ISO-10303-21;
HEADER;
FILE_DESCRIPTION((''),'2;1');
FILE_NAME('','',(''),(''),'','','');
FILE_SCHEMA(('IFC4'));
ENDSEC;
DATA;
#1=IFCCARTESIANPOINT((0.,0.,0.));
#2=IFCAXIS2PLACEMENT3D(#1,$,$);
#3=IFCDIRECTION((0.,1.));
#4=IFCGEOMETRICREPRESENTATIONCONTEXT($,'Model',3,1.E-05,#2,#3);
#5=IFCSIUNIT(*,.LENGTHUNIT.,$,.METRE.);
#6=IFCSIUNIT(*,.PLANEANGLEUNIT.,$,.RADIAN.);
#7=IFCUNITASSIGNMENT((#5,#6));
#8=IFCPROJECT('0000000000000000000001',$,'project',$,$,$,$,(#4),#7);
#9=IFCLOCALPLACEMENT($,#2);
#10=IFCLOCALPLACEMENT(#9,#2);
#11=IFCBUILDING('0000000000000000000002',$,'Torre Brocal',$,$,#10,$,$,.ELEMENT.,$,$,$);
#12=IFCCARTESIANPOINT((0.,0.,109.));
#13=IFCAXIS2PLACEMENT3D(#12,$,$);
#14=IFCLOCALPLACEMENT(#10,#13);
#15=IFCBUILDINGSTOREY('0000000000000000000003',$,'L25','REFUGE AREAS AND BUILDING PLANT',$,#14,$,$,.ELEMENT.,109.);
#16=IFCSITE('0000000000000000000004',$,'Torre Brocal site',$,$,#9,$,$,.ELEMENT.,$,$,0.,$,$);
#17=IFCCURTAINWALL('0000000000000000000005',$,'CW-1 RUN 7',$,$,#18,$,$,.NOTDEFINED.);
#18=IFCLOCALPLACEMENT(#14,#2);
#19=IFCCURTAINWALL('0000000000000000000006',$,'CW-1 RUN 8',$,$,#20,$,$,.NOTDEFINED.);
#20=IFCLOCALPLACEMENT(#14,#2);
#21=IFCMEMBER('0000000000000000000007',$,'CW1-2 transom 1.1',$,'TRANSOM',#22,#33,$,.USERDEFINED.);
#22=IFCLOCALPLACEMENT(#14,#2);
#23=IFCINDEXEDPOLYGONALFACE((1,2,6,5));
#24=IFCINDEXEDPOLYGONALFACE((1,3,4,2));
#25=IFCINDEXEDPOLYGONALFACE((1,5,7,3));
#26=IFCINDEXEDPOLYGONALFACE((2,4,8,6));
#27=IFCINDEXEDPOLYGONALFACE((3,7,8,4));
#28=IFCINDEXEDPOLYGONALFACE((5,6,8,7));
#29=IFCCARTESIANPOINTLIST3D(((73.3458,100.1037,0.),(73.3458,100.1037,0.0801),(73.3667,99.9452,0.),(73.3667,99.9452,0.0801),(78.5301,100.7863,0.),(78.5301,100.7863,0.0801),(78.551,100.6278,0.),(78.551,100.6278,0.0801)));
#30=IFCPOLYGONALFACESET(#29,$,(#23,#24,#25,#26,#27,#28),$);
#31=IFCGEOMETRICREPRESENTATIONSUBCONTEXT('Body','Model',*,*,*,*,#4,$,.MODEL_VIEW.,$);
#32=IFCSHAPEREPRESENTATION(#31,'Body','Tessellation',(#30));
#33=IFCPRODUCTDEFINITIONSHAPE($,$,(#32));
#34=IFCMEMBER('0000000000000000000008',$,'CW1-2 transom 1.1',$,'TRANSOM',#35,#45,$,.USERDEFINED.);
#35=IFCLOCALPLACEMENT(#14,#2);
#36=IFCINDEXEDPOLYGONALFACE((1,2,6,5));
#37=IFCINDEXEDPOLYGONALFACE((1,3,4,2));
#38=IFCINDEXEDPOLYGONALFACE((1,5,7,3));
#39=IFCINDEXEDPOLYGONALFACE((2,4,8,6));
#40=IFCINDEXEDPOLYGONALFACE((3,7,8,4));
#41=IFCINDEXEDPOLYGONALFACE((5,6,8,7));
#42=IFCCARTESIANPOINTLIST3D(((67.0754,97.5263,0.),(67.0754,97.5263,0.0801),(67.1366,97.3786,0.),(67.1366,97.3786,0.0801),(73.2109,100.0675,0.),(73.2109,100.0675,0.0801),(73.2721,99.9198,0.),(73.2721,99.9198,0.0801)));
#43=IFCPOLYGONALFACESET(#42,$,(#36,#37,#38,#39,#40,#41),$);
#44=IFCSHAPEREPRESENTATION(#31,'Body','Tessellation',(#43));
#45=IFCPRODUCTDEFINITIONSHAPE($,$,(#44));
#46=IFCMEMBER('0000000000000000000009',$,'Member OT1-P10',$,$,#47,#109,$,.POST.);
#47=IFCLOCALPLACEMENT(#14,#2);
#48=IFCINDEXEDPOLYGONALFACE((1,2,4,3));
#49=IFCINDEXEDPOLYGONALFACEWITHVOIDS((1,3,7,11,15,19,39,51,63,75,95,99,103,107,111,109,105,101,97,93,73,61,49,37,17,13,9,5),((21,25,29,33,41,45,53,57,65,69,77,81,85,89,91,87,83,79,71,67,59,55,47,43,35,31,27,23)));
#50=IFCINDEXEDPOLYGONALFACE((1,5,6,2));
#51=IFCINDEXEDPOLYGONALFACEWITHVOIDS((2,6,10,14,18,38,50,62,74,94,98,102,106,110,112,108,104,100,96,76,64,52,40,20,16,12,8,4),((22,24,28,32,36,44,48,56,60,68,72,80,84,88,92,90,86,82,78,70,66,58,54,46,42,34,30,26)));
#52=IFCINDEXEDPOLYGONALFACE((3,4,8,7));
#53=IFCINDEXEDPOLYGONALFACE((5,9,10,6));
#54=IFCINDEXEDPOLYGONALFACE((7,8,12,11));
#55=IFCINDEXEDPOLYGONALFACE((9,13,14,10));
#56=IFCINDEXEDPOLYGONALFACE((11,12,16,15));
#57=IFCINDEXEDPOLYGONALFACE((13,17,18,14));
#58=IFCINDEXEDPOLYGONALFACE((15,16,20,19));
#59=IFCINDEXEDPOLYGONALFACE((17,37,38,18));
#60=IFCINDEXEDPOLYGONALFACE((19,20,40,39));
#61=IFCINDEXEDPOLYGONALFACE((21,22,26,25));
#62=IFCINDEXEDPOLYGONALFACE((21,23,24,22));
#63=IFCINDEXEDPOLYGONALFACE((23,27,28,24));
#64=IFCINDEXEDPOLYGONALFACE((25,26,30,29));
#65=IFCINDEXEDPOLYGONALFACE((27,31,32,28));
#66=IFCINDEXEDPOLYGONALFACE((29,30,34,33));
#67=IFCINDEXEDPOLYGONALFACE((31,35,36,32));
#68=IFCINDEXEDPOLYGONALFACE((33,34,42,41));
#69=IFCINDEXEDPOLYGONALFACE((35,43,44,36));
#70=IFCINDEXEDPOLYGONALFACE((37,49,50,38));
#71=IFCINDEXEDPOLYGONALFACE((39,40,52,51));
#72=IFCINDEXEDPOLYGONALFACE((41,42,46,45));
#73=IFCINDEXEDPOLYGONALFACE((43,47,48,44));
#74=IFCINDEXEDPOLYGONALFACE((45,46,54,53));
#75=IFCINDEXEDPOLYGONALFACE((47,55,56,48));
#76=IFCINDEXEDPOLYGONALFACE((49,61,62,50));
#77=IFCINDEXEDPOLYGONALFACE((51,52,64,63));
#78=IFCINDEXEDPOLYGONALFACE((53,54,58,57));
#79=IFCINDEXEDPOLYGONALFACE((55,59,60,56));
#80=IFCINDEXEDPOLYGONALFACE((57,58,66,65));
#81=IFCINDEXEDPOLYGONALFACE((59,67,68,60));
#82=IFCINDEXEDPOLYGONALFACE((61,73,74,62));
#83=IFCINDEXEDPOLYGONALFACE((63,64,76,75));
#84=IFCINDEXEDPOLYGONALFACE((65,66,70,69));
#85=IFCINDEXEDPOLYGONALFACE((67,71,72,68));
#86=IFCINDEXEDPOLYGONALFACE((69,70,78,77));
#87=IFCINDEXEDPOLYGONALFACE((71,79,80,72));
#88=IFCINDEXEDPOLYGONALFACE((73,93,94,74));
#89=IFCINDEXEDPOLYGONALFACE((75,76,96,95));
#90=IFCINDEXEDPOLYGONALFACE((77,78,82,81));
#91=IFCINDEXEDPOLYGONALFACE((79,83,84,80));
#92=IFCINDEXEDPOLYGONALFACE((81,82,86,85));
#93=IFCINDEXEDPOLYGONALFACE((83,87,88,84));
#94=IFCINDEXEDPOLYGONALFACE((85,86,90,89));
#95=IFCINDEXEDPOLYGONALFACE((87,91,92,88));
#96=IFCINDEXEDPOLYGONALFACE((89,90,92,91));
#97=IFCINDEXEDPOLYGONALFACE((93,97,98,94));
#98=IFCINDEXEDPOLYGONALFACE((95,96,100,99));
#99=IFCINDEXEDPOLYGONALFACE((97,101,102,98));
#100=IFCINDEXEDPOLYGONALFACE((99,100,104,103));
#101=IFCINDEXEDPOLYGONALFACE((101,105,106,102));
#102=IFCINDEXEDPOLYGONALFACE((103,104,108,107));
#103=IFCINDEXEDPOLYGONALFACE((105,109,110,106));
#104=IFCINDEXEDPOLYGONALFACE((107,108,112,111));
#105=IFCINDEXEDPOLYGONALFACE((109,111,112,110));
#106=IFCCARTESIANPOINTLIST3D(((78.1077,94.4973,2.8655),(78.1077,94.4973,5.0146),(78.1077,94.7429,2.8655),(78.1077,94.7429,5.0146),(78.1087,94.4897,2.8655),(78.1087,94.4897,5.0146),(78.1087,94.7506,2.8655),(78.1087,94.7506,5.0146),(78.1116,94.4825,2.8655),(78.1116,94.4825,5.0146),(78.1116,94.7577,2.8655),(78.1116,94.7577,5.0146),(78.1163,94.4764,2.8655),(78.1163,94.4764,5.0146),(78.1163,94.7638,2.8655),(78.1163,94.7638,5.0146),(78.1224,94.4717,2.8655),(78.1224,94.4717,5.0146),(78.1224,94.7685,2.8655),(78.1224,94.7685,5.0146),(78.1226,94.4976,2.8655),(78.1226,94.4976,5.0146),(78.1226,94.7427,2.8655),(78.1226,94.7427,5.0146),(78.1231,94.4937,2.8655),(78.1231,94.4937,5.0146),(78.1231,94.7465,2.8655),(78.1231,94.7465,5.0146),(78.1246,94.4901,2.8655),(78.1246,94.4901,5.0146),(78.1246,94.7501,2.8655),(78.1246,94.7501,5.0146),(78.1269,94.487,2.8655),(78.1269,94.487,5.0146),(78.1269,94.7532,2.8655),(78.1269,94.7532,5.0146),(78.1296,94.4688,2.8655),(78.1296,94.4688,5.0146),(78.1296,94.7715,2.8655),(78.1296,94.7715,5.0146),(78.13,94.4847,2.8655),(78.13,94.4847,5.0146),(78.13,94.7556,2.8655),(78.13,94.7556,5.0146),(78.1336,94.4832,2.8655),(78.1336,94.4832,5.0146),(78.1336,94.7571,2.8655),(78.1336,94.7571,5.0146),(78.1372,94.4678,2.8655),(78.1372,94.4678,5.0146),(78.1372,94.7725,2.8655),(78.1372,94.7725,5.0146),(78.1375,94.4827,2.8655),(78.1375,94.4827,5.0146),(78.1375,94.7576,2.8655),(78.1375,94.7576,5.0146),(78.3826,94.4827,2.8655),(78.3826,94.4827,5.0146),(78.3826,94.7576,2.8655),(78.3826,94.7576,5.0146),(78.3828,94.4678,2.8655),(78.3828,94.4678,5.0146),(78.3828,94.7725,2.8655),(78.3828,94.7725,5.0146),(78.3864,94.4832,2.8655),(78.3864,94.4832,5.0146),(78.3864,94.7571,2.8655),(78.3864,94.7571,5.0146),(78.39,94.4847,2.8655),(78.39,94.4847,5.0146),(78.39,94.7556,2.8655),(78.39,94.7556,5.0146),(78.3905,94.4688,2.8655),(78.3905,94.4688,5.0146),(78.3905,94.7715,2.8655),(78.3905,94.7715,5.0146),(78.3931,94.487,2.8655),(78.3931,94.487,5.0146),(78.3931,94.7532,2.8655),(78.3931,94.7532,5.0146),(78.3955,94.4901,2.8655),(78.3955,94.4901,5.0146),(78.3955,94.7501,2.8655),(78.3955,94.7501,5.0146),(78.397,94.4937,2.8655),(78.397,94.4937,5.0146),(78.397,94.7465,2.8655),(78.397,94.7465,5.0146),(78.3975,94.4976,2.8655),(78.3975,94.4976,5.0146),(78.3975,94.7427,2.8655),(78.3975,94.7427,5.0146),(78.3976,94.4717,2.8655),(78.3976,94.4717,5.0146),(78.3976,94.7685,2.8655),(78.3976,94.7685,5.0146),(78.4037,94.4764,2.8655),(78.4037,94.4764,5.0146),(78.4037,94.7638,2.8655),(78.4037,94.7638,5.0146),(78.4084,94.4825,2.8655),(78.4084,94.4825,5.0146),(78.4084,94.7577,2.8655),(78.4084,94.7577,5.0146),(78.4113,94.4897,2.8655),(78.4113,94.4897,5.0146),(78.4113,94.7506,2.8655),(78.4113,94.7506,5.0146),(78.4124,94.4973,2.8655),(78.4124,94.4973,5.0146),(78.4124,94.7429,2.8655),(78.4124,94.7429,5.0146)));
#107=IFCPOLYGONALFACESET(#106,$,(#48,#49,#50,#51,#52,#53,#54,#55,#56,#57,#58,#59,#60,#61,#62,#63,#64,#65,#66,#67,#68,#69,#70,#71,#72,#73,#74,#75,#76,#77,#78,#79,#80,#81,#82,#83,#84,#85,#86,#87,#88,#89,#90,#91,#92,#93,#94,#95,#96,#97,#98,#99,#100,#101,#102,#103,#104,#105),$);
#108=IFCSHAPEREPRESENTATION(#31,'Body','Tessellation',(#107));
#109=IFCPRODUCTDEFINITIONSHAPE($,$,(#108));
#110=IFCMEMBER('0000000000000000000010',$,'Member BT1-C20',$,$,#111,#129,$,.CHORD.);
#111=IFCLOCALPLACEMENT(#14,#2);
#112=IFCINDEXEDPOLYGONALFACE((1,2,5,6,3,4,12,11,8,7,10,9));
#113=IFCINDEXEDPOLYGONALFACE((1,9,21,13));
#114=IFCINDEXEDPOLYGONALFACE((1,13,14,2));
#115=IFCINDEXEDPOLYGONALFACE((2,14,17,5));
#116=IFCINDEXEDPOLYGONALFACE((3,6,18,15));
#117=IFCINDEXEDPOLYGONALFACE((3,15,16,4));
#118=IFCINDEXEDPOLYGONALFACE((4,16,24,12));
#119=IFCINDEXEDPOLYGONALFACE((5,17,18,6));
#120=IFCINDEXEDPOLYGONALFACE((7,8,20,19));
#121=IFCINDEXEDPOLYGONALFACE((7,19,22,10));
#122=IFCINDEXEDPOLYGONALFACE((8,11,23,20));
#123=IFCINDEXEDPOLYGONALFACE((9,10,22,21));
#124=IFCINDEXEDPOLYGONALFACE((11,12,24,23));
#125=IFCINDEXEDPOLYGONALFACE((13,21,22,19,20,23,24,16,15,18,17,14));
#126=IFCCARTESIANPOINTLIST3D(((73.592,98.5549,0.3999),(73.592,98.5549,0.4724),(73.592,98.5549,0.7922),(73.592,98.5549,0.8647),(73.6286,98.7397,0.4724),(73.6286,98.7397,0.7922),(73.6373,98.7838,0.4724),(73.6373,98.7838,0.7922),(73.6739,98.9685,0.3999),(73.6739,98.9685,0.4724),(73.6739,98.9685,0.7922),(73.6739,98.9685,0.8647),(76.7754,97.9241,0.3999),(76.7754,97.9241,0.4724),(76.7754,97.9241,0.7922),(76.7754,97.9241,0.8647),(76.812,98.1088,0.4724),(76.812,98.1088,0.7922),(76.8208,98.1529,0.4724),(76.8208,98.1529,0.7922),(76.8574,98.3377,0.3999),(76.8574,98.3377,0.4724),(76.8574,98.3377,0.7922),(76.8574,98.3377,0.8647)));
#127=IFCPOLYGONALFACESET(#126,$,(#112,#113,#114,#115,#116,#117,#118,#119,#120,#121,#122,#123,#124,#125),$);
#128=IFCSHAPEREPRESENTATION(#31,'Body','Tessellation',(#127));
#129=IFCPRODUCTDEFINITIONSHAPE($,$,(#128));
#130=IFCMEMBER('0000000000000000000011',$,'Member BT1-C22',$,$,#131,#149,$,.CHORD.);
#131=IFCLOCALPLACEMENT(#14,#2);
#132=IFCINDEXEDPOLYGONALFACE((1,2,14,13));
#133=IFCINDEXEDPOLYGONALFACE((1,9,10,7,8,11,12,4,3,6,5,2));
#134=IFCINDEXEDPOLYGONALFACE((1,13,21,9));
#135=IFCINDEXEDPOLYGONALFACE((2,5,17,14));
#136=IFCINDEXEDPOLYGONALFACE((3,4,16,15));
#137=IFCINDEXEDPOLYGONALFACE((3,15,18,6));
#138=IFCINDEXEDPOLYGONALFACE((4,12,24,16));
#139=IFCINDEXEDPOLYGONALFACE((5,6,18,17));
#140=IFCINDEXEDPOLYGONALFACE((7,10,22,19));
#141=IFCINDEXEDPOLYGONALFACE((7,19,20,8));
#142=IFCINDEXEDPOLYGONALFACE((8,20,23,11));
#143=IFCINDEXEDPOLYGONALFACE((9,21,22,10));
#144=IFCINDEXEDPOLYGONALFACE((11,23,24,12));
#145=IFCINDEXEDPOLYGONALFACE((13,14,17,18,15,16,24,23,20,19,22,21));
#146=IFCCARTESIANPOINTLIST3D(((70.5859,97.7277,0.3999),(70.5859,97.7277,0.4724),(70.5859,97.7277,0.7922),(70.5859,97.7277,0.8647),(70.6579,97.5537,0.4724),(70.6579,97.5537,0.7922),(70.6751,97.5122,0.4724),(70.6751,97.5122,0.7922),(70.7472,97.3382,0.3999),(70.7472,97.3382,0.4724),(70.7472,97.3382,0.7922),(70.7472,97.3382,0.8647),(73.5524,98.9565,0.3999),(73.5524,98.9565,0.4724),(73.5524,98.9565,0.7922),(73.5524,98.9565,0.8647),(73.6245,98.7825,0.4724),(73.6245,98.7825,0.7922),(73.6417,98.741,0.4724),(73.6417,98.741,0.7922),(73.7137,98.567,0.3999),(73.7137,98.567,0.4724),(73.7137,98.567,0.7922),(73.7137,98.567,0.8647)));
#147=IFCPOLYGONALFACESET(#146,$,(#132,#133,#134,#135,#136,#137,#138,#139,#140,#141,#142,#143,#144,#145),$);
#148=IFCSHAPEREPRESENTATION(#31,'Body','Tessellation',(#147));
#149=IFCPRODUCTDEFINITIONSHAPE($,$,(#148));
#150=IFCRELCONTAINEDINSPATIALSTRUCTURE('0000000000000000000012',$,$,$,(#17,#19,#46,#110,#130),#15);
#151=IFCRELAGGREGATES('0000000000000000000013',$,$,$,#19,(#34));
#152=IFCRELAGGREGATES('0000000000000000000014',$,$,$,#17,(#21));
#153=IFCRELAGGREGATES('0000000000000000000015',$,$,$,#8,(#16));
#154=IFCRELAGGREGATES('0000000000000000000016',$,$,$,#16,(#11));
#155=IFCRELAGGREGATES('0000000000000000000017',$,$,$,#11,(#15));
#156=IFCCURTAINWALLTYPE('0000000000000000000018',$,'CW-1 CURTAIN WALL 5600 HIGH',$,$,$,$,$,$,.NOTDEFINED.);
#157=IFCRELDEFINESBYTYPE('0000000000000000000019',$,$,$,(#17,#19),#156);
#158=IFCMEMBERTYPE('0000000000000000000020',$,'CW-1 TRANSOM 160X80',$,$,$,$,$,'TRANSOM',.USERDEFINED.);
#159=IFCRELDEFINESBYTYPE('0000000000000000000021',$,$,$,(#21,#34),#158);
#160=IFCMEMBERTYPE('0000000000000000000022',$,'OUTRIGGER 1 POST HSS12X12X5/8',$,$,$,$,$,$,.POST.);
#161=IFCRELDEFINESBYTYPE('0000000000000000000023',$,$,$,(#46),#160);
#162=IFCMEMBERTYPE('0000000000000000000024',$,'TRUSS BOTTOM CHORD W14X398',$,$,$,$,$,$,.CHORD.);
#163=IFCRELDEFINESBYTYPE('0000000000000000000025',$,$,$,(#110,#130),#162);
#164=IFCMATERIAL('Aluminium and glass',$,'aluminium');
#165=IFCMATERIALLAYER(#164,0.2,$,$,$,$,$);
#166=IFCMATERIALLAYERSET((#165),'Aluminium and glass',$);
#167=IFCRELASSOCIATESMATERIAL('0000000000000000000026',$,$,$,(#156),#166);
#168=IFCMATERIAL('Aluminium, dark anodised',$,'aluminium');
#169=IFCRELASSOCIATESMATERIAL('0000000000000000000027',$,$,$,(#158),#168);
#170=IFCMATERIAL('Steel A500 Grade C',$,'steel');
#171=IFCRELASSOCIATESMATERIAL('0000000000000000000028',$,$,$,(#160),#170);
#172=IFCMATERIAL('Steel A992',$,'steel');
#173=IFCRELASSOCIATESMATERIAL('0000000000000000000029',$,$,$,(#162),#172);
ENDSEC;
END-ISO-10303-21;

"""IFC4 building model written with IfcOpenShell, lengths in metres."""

from ifc_helpers import new_model, si_unit, direction, frame, origin, origin_2d, place, context, subcontext, project, spatial, rectangle, hollow_rectangle, i_section, extrude, material, layer, layer_set, material_profile, profile_set, type_object, element, aggregate, save


model = new_model("IFC4")

# Units and contexts
model_context = context("Model", 3, precision=1e-05, world=origin(), true_north=direction((0.0, 1.0)))
body_context = subcontext(model_context, "Body", "Model", "MODEL_VIEW")
ifc_project = project(units=[si_unit("LENGTHUNIT", "METRE"), si_unit("PLANEANGLEUNIT", "RADIAN")], contexts=[model_context])

# Site, building, storey
site_placement = place(None, origin())
site = spatial("IfcSite", under=ifc_project, at=site_placement, Name="Torre Brocal site", CompositionType="ELEMENT", RefElevation=0.0)
building_placement = place(site_placement, origin())
building = spatial("IfcBuilding", under=site, at=building_placement, Name="Torre Brocal", CompositionType="ELEMENT")
storey_placement = place(building_placement, frame((0.0, 0.0, 109.0)))
storey = spatial("IfcBuildingStorey", under=building, at=storey_placement, Name="L25", Description="REFUGE AREAS AND BUILDING PLANT", CompositionType="ELEMENT", Elevation=109.0)

# Curtain wall
ifc_material_1 = material(Name="Aluminium and glass", Category="aluminium")
ifc_layer_1 = layer(ifc_material_1, 0.2)
ifc_layer_set_1 = layer_set([ifc_layer_1], Name="Aluminium and glass")
curtain_wall_type = type_object("IfcCurtainWallType", Name="CW-1 CURTAIN WALL 5600 HIGH", PredefinedType="NOTDEFINED", material=ifc_layer_set_1)
curtain_wall_1_placement = place(storey_placement, origin())
curtain_wall_1 = element("IfcCurtainWall", 1, at=curtain_wall_1_placement, inside=storey, type_object=curtain_wall_type, Name="CW-1 RUN 7", PredefinedType="NOTDEFINED")

# Curtain wall
curtain_wall_2_placement = place(storey_placement, origin())
curtain_wall_2 = element("IfcCurtainWall", 2, at=curtain_wall_2_placement, inside=storey, type_object=curtain_wall_type, Name="CW-1 RUN 8", PredefinedType="NOTDEFINED")

# Members
ifc_material_2 = material(Name="Aluminium, dark anodised", Category="aluminium")
ifc_material_profile_1 = material_profile(ifc_material_2, rectangle(XDim=0.1599, YDim=0.0801, at=origin_2d()), Name="CW-1 TRANSOM 160X80")
ifc_profile_set_1 = profile_set([ifc_material_profile_1], Name="Aluminium, dark anodised")
member_type_1 = type_object("IfcMemberType", Name="CW-1 TRANSOM 160X80", ElementType="TRANSOM", PredefinedType="USERDEFINED", material=ifc_profile_set_1)
member_1_placement = place(storey_placement, frame((78.5405, 100.707, 0.04), z_axis=(-0.991443, -0.130543, 0.0), x_axis=(0.130543, -0.991443, 0.0)))
member_1 = element("IfcMember", 3, at=member_1_placement, type_object=member_type_1, Name="CW1-2 transom 1.1", ObjectType="TRANSOM", PredefinedType="USERDEFINED", context=body_context, shape_type="SweptSolid", body=[
    extrude(rectangle(XDim=0.1599, YDim=0.0801, at=origin_2d()), origin(), (0.0, 0.0, 1.0), 5.229),
])
member_2_placement = place(storey_placement, frame((73.2415, 99.9937, 0.04), z_axis=(-0.923887, -0.382665, 0.0), x_axis=(0.382665, -0.923887, 0.0)))
member_2 = element("IfcMember", 4, at=member_2_placement, type_object=member_type_1, Name="CW1-2 transom 1.1", ObjectType="TRANSOM", PredefinedType="USERDEFINED", context=body_context, shape_type="SweptSolid", body=[
    extrude(rectangle(XDim=0.1599, YDim=0.0801, at=origin_2d()), origin(), (0.0, 0.0, 1.0), 6.6409),
])
aggregate(curtain_wall_2, [member_2])

# Members
ifc_material_3 = material(Name="Steel A500 Grade C", Category="steel")
ifc_material_profile_2 = material_profile(ifc_material_3, hollow_rectangle(XDim=0.3047, YDim=0.3047, WallThickness=0.0149, InnerFilletRadius=0.0149, OuterFilletRadius=0.0295, at=origin_2d()), Name="HSS12X12X5/8")
ifc_profile_set_2 = profile_set([ifc_material_profile_2], Name="Steel A500 Grade C")
member_type_2 = type_object("IfcMemberType", Name="OUTRIGGER 1 POST HSS12X12X5/8", PredefinedType="POST", material=ifc_profile_set_2)
member_3_placement = place(storey_placement, frame((78.26, 94.6201, 2.8655), z_axis=(0.0, 0.0, 1.0), x_axis=(1.0, 0.0, 0.0)))
element("IfcMember", 5, at=member_3_placement, inside=storey, type_object=member_type_2, Name="Member OT1-P10", PredefinedType="POST", context=body_context, shape_type="SweptSolid", body=[
    extrude(hollow_rectangle(XDim=0.3047, YDim=0.3047, WallThickness=0.0149, InnerFilletRadius=0.0149, OuterFilletRadius=0.0295, at=origin_2d()), origin(), (0.0, 0.0, 1.0), 2.1492),
])
ifc_material_4 = material(Name="Steel A992", Category="steel")
ifc_material_profile_3 = material_profile(ifc_material_4, i_section(OverallWidth=0.4216, OverallDepth=0.4648, WebThickness=0.0449, FlangeThickness=0.0725, at=origin_2d()), Name="W14X398")
ifc_profile_set_3 = profile_set([ifc_material_profile_3], Name="Steel A992")
member_type_3 = type_object("IfcMemberType", Name="TRUSS BOTTOM CHORD W14X398", PredefinedType="CHORD", material=ifc_profile_set_3)
member_4_placement = place(storey_placement, frame((76.8164, 98.1309, 0.6323), z_axis=(-0.980923, 0.194394, 0.0), x_axis=(-0.194394, -0.980923, 0.0)))
element("IfcMember", 6, at=member_4_placement, inside=storey, type_object=member_type_3, Name="Member BT1-C20", PredefinedType="CHORD", context=body_context, shape_type="SweptSolid", body=[
    extrude(i_section(OverallWidth=0.4216, OverallDepth=0.4648, WebThickness=0.0449, FlangeThickness=0.0725, at=origin_2d()), origin(), (0.0, 0.0, 1.0), 3.2454),
])
member_5_placement = place(storey_placement, frame((73.6331, 98.7617, 0.6323), z_axis=(-0.923882, -0.382676, 0.0), x_axis=(0.382676, -0.923882, 0.0)))
element("IfcMember", 7, at=member_5_placement, inside=storey, type_object=member_type_3, Name="Member BT1-C22", PredefinedType="CHORD", context=body_context, shape_type="SweptSolid", body=[
    extrude(i_section(OverallWidth=0.4216, OverallDepth=0.4648, WebThickness=0.0449, FlangeThickness=0.0725, at=origin_2d()), origin(), (0.0, 0.0, 1.0), 3.2109),
])

aggregate(curtain_wall_1, [member_1])

save(model, "model.ifc")
